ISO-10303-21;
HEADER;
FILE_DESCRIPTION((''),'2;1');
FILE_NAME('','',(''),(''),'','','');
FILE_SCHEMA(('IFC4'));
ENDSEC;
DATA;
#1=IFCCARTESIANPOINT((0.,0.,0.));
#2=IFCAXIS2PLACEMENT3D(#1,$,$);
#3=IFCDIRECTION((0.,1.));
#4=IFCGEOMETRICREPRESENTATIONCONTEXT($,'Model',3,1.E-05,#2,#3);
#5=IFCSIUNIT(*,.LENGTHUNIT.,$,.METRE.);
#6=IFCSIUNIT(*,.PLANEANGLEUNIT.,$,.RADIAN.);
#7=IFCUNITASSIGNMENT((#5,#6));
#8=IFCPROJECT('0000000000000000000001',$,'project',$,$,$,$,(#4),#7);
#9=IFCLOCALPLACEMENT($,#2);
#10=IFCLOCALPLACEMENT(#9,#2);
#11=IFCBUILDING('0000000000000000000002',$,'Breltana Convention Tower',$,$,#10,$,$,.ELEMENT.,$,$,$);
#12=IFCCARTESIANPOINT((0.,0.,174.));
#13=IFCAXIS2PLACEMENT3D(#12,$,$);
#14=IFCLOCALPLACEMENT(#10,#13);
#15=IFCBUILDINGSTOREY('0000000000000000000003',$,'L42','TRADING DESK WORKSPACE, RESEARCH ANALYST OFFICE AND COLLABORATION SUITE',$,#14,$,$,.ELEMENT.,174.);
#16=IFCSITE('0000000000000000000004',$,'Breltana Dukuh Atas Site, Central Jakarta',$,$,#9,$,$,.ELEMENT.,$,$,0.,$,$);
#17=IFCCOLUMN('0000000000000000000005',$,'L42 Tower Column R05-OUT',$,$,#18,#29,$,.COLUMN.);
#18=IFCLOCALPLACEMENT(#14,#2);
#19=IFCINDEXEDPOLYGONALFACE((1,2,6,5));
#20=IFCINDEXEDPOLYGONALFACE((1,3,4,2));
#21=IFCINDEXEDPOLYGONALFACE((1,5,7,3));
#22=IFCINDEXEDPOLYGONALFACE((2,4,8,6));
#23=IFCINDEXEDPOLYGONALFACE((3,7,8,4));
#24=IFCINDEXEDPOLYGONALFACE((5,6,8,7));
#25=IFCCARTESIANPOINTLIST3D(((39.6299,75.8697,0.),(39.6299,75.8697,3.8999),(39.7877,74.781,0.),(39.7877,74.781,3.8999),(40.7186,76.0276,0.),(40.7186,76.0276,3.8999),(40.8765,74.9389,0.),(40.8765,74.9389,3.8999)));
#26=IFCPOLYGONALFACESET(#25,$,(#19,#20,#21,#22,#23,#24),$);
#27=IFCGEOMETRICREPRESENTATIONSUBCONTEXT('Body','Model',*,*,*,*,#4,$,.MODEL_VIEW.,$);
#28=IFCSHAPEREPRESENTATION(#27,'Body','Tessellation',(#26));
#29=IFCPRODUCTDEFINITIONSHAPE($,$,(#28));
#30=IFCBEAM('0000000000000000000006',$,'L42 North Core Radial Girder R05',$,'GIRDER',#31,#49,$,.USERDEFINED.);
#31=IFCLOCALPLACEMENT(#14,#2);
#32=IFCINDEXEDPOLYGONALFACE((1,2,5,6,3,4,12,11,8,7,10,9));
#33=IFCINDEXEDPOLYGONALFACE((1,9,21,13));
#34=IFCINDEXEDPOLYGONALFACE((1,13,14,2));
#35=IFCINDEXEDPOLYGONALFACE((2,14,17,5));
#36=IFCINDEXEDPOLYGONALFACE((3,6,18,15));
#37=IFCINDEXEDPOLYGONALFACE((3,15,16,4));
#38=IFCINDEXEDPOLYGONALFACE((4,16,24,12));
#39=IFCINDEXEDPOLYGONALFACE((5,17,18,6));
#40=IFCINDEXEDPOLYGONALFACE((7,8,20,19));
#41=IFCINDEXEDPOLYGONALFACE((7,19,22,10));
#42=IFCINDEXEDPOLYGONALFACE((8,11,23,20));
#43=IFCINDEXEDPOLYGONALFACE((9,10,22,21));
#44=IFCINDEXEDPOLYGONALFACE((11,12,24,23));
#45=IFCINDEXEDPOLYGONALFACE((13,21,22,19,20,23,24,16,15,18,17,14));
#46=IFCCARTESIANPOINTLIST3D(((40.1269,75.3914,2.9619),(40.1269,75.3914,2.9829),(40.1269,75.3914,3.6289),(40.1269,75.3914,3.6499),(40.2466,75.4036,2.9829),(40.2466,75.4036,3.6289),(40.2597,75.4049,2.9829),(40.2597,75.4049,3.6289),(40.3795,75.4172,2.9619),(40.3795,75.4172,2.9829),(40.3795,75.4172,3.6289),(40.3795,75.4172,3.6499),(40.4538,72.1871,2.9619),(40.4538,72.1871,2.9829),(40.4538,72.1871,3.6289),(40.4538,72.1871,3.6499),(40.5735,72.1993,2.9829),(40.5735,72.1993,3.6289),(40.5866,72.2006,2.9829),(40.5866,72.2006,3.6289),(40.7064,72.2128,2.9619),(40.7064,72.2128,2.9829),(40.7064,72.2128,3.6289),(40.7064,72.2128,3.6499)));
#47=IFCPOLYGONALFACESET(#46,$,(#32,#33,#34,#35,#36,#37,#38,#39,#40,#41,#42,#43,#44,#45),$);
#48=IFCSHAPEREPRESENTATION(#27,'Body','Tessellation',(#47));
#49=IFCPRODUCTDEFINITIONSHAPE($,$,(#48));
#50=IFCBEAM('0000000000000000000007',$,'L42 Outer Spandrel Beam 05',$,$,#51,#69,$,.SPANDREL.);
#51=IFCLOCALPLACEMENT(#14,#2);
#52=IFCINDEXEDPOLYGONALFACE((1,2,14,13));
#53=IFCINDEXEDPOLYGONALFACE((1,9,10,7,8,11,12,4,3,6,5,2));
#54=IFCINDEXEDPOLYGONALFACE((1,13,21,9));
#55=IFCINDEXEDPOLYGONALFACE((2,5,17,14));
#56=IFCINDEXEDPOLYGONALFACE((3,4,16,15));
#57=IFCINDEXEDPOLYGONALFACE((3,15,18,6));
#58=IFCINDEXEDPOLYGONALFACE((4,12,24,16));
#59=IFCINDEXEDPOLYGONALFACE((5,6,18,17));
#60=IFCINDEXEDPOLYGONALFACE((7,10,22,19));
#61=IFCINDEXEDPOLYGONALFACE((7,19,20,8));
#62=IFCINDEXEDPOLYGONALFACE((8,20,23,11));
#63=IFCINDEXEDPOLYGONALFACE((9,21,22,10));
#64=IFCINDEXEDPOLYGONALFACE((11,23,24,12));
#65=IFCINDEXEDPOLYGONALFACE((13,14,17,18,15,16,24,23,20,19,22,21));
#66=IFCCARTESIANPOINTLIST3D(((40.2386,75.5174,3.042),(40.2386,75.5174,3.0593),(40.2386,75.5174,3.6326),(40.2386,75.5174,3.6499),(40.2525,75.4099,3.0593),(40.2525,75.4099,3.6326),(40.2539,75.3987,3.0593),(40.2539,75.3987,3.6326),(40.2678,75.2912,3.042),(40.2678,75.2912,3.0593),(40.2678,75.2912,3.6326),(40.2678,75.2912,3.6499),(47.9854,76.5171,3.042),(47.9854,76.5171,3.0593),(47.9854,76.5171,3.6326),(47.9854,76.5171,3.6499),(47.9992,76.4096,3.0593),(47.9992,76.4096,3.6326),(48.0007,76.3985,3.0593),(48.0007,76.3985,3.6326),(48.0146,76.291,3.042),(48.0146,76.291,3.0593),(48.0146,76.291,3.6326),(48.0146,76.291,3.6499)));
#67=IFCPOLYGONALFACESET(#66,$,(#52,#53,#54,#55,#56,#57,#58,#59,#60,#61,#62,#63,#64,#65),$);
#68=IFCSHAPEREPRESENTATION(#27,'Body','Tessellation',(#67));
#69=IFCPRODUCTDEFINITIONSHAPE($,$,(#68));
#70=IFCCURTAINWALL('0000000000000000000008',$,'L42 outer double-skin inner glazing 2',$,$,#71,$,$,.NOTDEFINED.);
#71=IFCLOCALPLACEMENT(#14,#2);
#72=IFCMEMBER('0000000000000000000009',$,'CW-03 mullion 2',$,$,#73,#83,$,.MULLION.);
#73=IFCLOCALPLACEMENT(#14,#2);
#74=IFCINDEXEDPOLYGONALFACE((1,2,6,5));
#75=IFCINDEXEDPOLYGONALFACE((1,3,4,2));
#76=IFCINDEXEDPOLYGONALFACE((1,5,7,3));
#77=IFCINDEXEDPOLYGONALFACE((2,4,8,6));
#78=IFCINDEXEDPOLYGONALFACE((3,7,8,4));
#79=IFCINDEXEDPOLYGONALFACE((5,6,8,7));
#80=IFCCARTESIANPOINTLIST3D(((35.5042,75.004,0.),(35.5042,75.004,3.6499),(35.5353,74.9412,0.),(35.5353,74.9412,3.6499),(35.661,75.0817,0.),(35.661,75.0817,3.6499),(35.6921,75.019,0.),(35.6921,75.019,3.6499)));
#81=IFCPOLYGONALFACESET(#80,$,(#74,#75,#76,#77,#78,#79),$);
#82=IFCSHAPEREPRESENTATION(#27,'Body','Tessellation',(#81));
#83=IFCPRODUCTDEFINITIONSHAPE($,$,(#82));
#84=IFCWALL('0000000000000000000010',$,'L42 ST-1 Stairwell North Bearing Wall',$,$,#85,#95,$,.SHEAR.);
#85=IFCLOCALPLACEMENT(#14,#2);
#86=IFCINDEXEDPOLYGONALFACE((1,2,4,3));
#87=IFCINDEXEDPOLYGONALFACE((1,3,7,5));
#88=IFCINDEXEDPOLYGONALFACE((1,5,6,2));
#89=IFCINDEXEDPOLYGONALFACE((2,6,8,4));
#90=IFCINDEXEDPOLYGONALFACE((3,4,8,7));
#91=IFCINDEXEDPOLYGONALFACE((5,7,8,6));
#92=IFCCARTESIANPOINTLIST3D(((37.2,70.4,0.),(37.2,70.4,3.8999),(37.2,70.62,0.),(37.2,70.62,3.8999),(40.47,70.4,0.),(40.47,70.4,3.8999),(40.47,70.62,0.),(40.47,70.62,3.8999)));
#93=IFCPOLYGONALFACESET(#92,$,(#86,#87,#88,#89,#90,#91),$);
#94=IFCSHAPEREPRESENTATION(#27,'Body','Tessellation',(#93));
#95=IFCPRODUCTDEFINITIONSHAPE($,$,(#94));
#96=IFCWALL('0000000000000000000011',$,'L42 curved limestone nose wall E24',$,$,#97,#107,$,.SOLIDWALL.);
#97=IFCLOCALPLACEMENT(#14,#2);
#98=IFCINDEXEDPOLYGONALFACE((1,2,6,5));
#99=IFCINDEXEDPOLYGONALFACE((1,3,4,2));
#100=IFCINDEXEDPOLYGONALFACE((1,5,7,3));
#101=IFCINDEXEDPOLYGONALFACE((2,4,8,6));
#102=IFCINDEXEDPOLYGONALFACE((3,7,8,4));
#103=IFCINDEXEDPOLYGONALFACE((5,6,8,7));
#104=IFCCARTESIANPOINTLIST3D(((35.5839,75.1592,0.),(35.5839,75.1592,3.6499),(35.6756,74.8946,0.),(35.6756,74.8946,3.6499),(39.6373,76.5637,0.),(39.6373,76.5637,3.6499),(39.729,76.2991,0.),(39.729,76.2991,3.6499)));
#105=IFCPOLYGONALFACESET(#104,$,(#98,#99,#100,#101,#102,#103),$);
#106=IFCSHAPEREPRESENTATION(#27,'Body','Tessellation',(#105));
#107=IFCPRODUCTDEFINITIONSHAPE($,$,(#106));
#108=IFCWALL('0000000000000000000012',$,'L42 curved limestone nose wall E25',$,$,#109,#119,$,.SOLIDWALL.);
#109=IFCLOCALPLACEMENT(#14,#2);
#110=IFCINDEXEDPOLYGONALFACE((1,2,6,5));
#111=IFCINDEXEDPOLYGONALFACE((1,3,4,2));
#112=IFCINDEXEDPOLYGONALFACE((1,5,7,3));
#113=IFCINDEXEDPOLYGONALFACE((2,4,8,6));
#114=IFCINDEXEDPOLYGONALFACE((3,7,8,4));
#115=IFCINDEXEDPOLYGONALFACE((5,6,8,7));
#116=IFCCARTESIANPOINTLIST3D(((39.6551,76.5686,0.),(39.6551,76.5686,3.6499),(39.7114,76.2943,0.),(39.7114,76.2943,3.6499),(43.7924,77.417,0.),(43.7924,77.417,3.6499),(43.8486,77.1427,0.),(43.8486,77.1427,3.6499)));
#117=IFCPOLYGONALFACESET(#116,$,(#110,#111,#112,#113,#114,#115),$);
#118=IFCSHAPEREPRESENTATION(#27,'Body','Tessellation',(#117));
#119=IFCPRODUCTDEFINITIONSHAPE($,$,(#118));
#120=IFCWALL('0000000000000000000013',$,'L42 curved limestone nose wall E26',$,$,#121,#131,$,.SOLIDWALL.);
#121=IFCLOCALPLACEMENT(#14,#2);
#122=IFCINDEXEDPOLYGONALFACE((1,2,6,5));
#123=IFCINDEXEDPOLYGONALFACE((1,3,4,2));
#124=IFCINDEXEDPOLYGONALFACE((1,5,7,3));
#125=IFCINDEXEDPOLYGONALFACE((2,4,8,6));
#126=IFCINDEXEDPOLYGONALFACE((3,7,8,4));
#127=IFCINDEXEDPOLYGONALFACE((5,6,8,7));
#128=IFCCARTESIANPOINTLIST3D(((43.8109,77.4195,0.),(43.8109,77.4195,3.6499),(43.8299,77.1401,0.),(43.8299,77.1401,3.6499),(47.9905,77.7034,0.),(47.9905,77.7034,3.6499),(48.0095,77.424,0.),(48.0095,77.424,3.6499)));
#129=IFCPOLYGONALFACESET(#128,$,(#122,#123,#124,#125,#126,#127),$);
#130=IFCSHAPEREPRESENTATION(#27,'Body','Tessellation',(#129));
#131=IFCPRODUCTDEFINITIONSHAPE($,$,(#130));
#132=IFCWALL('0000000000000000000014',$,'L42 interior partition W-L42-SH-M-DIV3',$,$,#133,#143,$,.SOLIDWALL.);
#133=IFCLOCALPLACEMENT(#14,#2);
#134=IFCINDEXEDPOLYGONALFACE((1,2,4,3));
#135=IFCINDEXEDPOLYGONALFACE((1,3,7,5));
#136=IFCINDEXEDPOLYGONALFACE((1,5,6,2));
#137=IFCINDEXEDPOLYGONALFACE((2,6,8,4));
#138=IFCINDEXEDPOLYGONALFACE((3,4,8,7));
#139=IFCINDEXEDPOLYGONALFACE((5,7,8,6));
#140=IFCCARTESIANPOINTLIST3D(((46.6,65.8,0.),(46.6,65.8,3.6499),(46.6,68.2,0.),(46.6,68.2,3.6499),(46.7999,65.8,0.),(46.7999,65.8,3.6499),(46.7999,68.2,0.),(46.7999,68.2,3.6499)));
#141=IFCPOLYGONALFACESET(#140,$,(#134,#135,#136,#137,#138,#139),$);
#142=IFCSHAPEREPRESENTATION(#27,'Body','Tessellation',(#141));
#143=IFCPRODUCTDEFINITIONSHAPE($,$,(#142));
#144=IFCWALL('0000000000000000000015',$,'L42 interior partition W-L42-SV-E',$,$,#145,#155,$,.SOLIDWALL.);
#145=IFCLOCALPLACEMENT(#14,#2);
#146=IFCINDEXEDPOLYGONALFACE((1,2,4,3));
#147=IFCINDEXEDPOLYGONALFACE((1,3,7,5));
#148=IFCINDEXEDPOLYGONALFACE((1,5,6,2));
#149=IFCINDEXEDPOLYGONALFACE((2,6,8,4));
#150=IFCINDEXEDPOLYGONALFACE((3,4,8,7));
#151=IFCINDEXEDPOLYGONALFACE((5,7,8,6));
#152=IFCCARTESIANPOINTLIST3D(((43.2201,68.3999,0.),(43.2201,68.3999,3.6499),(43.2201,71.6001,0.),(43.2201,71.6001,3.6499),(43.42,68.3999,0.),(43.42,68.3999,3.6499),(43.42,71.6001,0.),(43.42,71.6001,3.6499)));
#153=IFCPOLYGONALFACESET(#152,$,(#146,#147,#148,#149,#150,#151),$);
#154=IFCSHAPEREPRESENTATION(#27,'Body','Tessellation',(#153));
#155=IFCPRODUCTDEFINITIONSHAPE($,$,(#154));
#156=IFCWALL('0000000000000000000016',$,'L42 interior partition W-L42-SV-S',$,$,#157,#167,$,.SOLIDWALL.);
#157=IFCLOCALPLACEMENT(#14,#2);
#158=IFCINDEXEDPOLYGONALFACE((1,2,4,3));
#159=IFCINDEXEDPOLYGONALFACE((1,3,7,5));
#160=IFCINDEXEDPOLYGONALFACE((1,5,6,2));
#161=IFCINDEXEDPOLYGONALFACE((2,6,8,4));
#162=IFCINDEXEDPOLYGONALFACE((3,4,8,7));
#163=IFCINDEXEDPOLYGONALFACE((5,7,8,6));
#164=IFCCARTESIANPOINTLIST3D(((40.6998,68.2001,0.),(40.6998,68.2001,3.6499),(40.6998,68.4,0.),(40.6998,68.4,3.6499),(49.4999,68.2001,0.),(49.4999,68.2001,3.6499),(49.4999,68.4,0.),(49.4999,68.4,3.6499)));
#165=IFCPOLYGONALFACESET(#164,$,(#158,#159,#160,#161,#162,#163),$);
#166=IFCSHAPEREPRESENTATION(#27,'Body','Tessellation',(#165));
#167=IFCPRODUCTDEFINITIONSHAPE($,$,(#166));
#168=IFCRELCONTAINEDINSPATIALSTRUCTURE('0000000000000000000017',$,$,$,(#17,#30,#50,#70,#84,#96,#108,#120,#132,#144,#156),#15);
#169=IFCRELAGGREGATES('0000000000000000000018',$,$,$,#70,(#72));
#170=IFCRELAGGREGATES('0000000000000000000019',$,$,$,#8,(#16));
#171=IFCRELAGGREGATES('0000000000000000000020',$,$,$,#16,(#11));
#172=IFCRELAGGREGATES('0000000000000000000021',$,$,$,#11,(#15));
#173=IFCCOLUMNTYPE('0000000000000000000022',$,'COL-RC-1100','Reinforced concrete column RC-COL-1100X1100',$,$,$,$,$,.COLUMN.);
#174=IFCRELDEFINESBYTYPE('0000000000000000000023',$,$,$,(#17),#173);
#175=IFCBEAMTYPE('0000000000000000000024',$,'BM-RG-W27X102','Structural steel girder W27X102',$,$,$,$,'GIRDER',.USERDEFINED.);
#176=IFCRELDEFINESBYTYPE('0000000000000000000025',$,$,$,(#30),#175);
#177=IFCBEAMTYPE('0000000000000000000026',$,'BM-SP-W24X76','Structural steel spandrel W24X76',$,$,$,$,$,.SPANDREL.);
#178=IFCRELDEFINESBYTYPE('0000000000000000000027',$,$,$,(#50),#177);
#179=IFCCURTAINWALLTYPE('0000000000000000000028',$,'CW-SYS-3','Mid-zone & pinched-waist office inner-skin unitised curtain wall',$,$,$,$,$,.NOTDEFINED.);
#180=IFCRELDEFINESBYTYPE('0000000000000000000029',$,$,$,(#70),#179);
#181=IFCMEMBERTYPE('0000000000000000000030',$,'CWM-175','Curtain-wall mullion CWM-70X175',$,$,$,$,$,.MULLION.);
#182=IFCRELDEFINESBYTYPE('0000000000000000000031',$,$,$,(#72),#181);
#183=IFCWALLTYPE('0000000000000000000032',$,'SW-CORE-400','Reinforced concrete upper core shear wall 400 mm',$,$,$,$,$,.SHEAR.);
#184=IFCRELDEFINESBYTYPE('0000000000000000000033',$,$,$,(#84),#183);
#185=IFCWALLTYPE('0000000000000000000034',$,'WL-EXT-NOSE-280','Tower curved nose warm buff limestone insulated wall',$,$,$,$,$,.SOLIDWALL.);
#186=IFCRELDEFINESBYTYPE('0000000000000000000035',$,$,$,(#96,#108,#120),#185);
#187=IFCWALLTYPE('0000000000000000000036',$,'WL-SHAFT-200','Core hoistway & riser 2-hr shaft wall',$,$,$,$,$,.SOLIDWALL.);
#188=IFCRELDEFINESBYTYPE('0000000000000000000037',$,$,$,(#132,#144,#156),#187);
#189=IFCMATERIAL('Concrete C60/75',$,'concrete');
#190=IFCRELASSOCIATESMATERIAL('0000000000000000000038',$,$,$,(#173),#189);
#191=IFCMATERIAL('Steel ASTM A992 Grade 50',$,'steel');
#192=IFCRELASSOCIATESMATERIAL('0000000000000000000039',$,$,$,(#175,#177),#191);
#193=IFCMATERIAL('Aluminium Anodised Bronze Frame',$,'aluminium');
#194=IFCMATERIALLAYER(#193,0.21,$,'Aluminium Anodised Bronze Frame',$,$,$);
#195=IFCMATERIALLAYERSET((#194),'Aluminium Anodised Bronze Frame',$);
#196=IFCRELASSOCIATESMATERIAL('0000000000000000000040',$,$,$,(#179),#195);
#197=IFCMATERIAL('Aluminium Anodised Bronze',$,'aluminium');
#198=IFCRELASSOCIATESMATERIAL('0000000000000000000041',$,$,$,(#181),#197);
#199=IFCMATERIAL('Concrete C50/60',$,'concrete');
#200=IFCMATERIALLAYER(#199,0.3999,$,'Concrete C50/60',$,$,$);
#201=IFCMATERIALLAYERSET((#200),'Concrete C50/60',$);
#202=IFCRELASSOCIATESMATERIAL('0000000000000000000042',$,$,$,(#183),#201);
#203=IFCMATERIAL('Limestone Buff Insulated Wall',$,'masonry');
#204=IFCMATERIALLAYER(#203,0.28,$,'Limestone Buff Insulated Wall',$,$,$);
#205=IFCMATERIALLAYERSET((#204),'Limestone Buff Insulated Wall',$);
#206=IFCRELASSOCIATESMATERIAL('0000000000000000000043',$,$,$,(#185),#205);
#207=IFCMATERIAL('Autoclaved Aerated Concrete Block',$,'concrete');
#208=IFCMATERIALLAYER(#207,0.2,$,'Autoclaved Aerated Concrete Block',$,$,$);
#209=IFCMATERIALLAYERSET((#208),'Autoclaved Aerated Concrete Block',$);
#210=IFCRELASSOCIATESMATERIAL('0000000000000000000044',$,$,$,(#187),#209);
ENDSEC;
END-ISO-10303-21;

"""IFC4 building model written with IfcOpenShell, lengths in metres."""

from ifc_helpers import new_model, si_unit, direction, frame, frame_2d, origin, origin_2d, place, context, subcontext, project, spatial, rectangle, i_section, extrude, source, transform, mapped, material, layer, layer_set, material_profile, profile_set, type_object, element, aggregate, save


model = new_model("IFC4")

# Units and contexts
model_context = context("Model", 3, precision=1e-05, world=origin(), true_north=direction((0.0, 1.0)))
body_context = subcontext(model_context, "Body", "Model", "MODEL_VIEW")
ifc_project = project(units=[si_unit("LENGTHUNIT", "METRE"), si_unit("PLANEANGLEUNIT", "RADIAN")], contexts=[model_context])

# Site, building, storey
site_placement = place(None, origin())
site = spatial("IfcSite", under=ifc_project, at=site_placement, Name="Breltana Dukuh Atas Site, Central Jakarta", CompositionType="ELEMENT", RefElevation=0.0)
building_placement = place(site_placement, origin())
building = spatial("IfcBuilding", under=site, at=building_placement, Name="Breltana Convention Tower", CompositionType="ELEMENT")
storey_placement = place(building_placement, frame((0.0, 0.0, 174.0)))
storey = spatial("IfcBuildingStorey", under=building, at=storey_placement, Name="L42", Description="TRADING DESK WORKSPACE, RESEARCH ANALYST OFFICE AND COLLABORATION SUITE", CompositionType="ELEMENT", Elevation=174.0)

# Column
ifc_material_1 = material(Name="Concrete C60/75", Category="concrete")
ifc_material_profile_1 = material_profile(ifc_material_1, rectangle(XDim=1.1001, YDim=1.1001, at=origin_2d()), Name="RC-COL-1100X1100")
ifc_profile_set_1 = profile_set([ifc_material_profile_1], Name="Concrete C60/75")
column_type = type_object("IfcColumnType", Name="COL-RC-1100", Description="Reinforced concrete column RC-COL-1100X1100", PredefinedType="COLUMN", material=ifc_profile_set_1)
shared_shape_1 = source(origin(), body_context, "Body", "SweptSolid", [
    extrude(rectangle(XDim=1.1001, YDim=1.1001, at=origin_2d()), origin(), (0.0, 0.0, 1.0), 3.8999),
])
column_placement = place(storey_placement, frame((40.2532, 75.4043, 0.0), z_axis=(0.0, 0.0, 1.0), x_axis=(-0.143493, 0.989651, 0.0)))
element("IfcColumn", 1, at=column_placement, inside=storey, type_object=column_type, Name="L42 Tower Column R05-OUT", PredefinedType="COLUMN", context=body_context, shape_type="MappedRepresentation", body=[
    mapped(shared_shape_1, transform((0.0, 0.0, 0.0), scale=1.0)),
])

# Beams
ifc_material_2 = material(Name="Steel ASTM A992 Grade 50", Category="steel")
ifc_material_profile_2 = material_profile(ifc_material_2, i_section(OverallWidth=0.2539, OverallDepth=0.688, WebThickness=0.0132, FlangeThickness=0.021, at=origin_2d()), Name="W27X102")
ifc_profile_set_2 = profile_set([ifc_material_profile_2], Name="Steel ASTM A992 Grade 50")
beam_type_1 = type_object("IfcBeamType", Name="BM-RG-W27X102", Description="Structural steel girder W27X102", ElementType="GIRDER", PredefinedType="USERDEFINED", material=ifc_profile_set_2)
shared_shape_2 = source(origin(), body_context, "Body", "SweptSolid", [
    extrude(i_section(OverallWidth=0.2539, OverallDepth=0.688, WebThickness=0.0132, FlangeThickness=0.021, at=origin_2d()), origin(), (0.0, 0.0, 1.0), 3.2209),
])
beam_1_placement = place(storey_placement, frame((40.5801, 72.2, 3.3059), z_axis=(-0.101492, 0.994836, 0.0), x_axis=(-0.994836, -0.101492, 0.0)))
element("IfcBeam", 2, at=beam_1_placement, inside=storey, type_object=beam_type_1, Name="L42 North Core Radial Girder R05", ObjectType="GIRDER", PredefinedType="USERDEFINED", context=body_context, shape_type="MappedRepresentation", body=[
    mapped(shared_shape_2, transform((0.0, 0.0, 0.0), scale=1.0)),
])
ifc_material_profile_3 = material_profile(ifc_material_2, i_section(OverallWidth=0.228, OverallDepth=0.6079, WebThickness=0.0112, FlangeThickness=0.0173, at=origin_2d()), Name="W24X76")
ifc_profile_set_3 = profile_set([ifc_material_profile_3], Name="Steel ASTM A992 Grade 50")
beam_type_2 = type_object("IfcBeamType", Name="BM-SP-W24X76", Description="Structural steel spandrel W24X76", PredefinedType="SPANDREL", material=ifc_profile_set_3)
shared_shape_3 = source(origin(), body_context, "Body", "SweptSolid", [
    extrude(i_section(OverallWidth=0.228, OverallDepth=0.6079, WebThickness=0.0112, FlangeThickness=0.0173, at=origin_2d()), origin(), (0.0, 0.0, 1.0), 7.811),
])
beam_2_placement = place(storey_placement, frame((40.2532, 75.4043, 3.3459), z_axis=(0.991775, 0.127992, 0.0), x_axis=(-0.127992, 0.991775, 0.0)))
element("IfcBeam", 3, at=beam_2_placement, inside=storey, type_object=beam_type_2, Name="L42 Outer Spandrel Beam 05", PredefinedType="SPANDREL", context=body_context, shape_type="MappedRepresentation", body=[
    mapped(shared_shape_3, transform((0.0, 0.0, 0.0), scale=1.0)),
])

# Curtain wall, member
ifc_material_3 = material(Name="Aluminium Anodised Bronze Frame", Category="aluminium")
ifc_layer_1 = layer(ifc_material_3, 0.21, Name="Aluminium Anodised Bronze Frame")
ifc_layer_set_1 = layer_set([ifc_layer_1], Name="Aluminium Anodised Bronze Frame")
curtain_wall_type = type_object("IfcCurtainWallType", Name="CW-SYS-3", Description="Mid-zone & pinched-waist office inner-skin unitised curtain wall", PredefinedType="NOTDEFINED", material=ifc_layer_set_1)
curtain_wall_placement = place(storey_placement, origin())
curtain_wall = element("IfcCurtainWall", 4, at=curtain_wall_placement, inside=storey, type_object=curtain_wall_type, Name="L42 outer double-skin inner glazing 2", PredefinedType="NOTDEFINED")
ifc_material_4 = material(Name="Aluminium Anodised Bronze", Category="aluminium")
ifc_material_profile_4 = material_profile(ifc_material_4, rectangle(XDim=0.0701, YDim=0.175, at=origin_2d()), Name="CWM-70X175")
ifc_profile_set_4 = profile_set([ifc_material_profile_4], Name="Aluminium Anodised Bronze")
member_type = type_object("IfcMemberType", Name="CWM-175", Description="Curtain-wall mullion CWM-70X175", PredefinedType="MULLION", material=ifc_profile_set_4)
shared_shape_4 = source(origin(), body_context, "Body", "SweptSolid", [
    extrude(rectangle(XDim=0.0701, YDim=0.175, at=origin_2d()), origin(), (0.0, 0.0, 1.0), 3.6499),
])
member_placement = place(storey_placement, frame((35.5981, 75.0115, 0.0), z_axis=(0.0, 0.0, 1.0), x_axis=(-0.444118, 0.895968, 0.0)))
member = element("IfcMember", 5, at=member_placement, type_object=member_type, Name="CW-03 mullion 2", PredefinedType="MULLION", context=body_context, shape_type="MappedRepresentation", body=[
    mapped(shared_shape_4, transform((0.0, 0.0, 0.0), scale=1.0)),
])
aggregate(curtain_wall, [member])

# Walls
ifc_material_5 = material(Name="Concrete C50/60", Category="concrete")
ifc_layer_2 = layer(ifc_material_5, 0.3999, Name="Concrete C50/60")
ifc_layer_set_2 = layer_set([ifc_layer_2], Name="Concrete C50/60")
wall_type_1 = type_object("IfcWallType", Name="SW-CORE-400", Description="Reinforced concrete upper core shear wall 400 mm", PredefinedType="SHEAR", material=ifc_layer_set_2)
shared_shape_5 = source(origin(), body_context, "Body", "SweptSolid", [
    extrude(rectangle(XDim=3.27, YDim=0.22, at=frame_2d((1.635, 0.0))), origin(), (0.0, 0.0, 1.0), 3.8999),
])
wall_1_placement = place(storey_placement, frame((37.2, 70.51, 0.0), z_axis=(0.0, 0.0, 1.0), x_axis=(1.0, 0.0, 0.0)))
element("IfcWall", 6, at=wall_1_placement, inside=storey, type_object=wall_type_1, Name="L42 ST-1 Stairwell North Bearing Wall", PredefinedType="SHEAR", context=body_context, shape_type="MappedRepresentation", body=[
    mapped(shared_shape_5, transform((0.0, 0.0, 0.0), scale=1.0)),
])
ifc_material_6 = material(Name="Limestone Buff Insulated Wall", Category="masonry")
ifc_layer_3 = layer(ifc_material_6, 0.28, Name="Limestone Buff Insulated Wall")
ifc_layer_set_3 = layer_set([ifc_layer_3], Name="Limestone Buff Insulated Wall")
wall_type_2 = type_object("IfcWallType", Name="WL-EXT-NOSE-280", Description="Tower curved nose warm buff limestone insulated wall", PredefinedType="SOLIDWALL", material=ifc_layer_set_3)
shared_shape_6 = source(origin(), body_context, "Body", "SweptSolid", [
    extrude(rectangle(XDim=4.2898, YDim=0.28, at=frame_2d((2.145, 0.0))), origin(), (0.0, 0.0, 1.0), 3.6499),
])
wall_2_placement = place(storey_placement, frame((35.6296, 75.0269, 0.0), z_axis=(0.0, 0.0, 1.0), x_axis=(0.944884, 0.327406, 0.0)))
element("IfcWall", 7, at=wall_2_placement, inside=storey, type_object=wall_type_2, Name="L42 curved limestone nose wall E24", PredefinedType="SOLIDWALL", context=body_context, shape_type="MappedRepresentation", body=[
    mapped(shared_shape_6, transform((0.0, 0.0, 0.0), scale=1.0)),
])
shared_shape_7 = source(origin(), body_context, "Body", "SweptSolid", [
    extrude(rectangle(XDim=4.2234, YDim=0.28, at=frame_2d((2.1118, 0.0))), origin(), (0.0, 0.0, 1.0), 3.6499),
])
wall_3_placement = place(storey_placement, frame((39.6831, 76.4314, 0.0), z_axis=(0.0, 0.0, 1.0), x_axis=(0.979615, 0.200883, 0.0)))
element("IfcWall", 8, at=wall_3_placement, inside=storey, type_object=wall_type_2, Name="L42 curved limestone nose wall E25", PredefinedType="SOLIDWALL", context=body_context, shape_type="MappedRepresentation", body=[
    mapped(shared_shape_7, transform((0.0, 0.0, 0.0), scale=1.0)),
])
shared_shape_8 = source(origin(), body_context, "Body", "SweptSolid", [
    extrude(rectangle(XDim=4.1892, YDim=0.28, at=frame_2d((2.0947, 0.0))), origin(), (0.0, 0.0, 1.0), 3.6499),
])
wall_4_placement = place(storey_placement, frame((43.8203, 77.2798, 0.0), z_axis=(0.0, 0.0, 1.0), x_axis=(0.997701, 0.067776, 0.0)))
element("IfcWall", 9, at=wall_4_placement, inside=storey, type_object=wall_type_2, Name="L42 curved limestone nose wall E26", PredefinedType="SOLIDWALL", context=body_context, shape_type="MappedRepresentation", body=[
    mapped(shared_shape_8, transform((0.0, 0.0, 0.0), scale=1.0)),
])
ifc_material_7 = material(Name="Autoclaved Aerated Concrete Block", Category="concrete")
ifc_layer_4 = layer(ifc_material_7, 0.2, Name="Autoclaved Aerated Concrete Block")
ifc_layer_set_4 = layer_set([ifc_layer_4], Name="Autoclaved Aerated Concrete Block")
wall_type_3 = type_object("IfcWallType", Name="WL-SHAFT-200", Description="Core hoistway & riser 2-hr shaft wall", PredefinedType="SOLIDWALL", material=ifc_layer_set_4)
shared_shape_9 = source(origin(), body_context, "Body", "SweptSolid", [
    extrude(rectangle(XDim=2.3999, YDim=0.2, at=frame_2d((1.2, 0.0))), origin(), (0.0, 0.0, 1.0), 3.6499),
])
wall_5_placement = place(storey_placement, frame((46.7, 65.8, 0.0), z_axis=(0.0, 0.0, 1.0), x_axis=(0.0, 1.0, 0.0)))
element("IfcWall", 10, at=wall_5_placement, inside=storey, type_object=wall_type_3, Name="L42 interior partition W-L42-SH-M-DIV3", PredefinedType="SOLIDWALL", context=body_context, shape_type="MappedRepresentation", body=[
    mapped(shared_shape_9, transform((0.0, 0.0, 0.0), scale=1.0)),
])
shared_shape_10 = source(origin(), body_context, "Body", "SweptSolid", [
    extrude(rectangle(XDim=3.2002, YDim=0.2, at=frame_2d((1.6001, 0.0))), origin(), (0.0, 0.0, 1.0), 3.6499),
])
wall_6_placement = place(storey_placement, frame((43.3201, 68.3999, 0.0), z_axis=(0.0, 0.0, 1.0), x_axis=(0.0, 1.0, 0.0)))
element("IfcWall", 11, at=wall_6_placement, inside=storey, type_object=wall_type_3, Name="L42 interior partition W-L42-SV-E", PredefinedType="SOLIDWALL", context=body_context, shape_type="MappedRepresentation", body=[
    mapped(shared_shape_10, transform((0.0, 0.0, 0.0), scale=1.0)),
])
shared_shape_11 = source(origin(), body_context, "Body", "SweptSolid", [
    extrude(rectangle(XDim=8.8, YDim=0.2, at=frame_2d((4.3999, 0.0))), origin(), (0.0, 0.0, 1.0), 3.6499),
])
wall_7_placement = place(storey_placement, frame((40.7, 68.3, 0.0), z_axis=(0.0, 0.0, 1.0), x_axis=(1.0, 0.0, 0.0)))
element("IfcWall", 12, at=wall_7_placement, inside=storey, type_object=wall_type_3, Name="L42 interior partition W-L42-SV-S", PredefinedType="SOLIDWALL", context=body_context, shape_type="MappedRepresentation", body=[
    mapped(shared_shape_11, transform((0.0, 0.0, 0.0), scale=1.0)),
])

save(model, "model.ifc")
